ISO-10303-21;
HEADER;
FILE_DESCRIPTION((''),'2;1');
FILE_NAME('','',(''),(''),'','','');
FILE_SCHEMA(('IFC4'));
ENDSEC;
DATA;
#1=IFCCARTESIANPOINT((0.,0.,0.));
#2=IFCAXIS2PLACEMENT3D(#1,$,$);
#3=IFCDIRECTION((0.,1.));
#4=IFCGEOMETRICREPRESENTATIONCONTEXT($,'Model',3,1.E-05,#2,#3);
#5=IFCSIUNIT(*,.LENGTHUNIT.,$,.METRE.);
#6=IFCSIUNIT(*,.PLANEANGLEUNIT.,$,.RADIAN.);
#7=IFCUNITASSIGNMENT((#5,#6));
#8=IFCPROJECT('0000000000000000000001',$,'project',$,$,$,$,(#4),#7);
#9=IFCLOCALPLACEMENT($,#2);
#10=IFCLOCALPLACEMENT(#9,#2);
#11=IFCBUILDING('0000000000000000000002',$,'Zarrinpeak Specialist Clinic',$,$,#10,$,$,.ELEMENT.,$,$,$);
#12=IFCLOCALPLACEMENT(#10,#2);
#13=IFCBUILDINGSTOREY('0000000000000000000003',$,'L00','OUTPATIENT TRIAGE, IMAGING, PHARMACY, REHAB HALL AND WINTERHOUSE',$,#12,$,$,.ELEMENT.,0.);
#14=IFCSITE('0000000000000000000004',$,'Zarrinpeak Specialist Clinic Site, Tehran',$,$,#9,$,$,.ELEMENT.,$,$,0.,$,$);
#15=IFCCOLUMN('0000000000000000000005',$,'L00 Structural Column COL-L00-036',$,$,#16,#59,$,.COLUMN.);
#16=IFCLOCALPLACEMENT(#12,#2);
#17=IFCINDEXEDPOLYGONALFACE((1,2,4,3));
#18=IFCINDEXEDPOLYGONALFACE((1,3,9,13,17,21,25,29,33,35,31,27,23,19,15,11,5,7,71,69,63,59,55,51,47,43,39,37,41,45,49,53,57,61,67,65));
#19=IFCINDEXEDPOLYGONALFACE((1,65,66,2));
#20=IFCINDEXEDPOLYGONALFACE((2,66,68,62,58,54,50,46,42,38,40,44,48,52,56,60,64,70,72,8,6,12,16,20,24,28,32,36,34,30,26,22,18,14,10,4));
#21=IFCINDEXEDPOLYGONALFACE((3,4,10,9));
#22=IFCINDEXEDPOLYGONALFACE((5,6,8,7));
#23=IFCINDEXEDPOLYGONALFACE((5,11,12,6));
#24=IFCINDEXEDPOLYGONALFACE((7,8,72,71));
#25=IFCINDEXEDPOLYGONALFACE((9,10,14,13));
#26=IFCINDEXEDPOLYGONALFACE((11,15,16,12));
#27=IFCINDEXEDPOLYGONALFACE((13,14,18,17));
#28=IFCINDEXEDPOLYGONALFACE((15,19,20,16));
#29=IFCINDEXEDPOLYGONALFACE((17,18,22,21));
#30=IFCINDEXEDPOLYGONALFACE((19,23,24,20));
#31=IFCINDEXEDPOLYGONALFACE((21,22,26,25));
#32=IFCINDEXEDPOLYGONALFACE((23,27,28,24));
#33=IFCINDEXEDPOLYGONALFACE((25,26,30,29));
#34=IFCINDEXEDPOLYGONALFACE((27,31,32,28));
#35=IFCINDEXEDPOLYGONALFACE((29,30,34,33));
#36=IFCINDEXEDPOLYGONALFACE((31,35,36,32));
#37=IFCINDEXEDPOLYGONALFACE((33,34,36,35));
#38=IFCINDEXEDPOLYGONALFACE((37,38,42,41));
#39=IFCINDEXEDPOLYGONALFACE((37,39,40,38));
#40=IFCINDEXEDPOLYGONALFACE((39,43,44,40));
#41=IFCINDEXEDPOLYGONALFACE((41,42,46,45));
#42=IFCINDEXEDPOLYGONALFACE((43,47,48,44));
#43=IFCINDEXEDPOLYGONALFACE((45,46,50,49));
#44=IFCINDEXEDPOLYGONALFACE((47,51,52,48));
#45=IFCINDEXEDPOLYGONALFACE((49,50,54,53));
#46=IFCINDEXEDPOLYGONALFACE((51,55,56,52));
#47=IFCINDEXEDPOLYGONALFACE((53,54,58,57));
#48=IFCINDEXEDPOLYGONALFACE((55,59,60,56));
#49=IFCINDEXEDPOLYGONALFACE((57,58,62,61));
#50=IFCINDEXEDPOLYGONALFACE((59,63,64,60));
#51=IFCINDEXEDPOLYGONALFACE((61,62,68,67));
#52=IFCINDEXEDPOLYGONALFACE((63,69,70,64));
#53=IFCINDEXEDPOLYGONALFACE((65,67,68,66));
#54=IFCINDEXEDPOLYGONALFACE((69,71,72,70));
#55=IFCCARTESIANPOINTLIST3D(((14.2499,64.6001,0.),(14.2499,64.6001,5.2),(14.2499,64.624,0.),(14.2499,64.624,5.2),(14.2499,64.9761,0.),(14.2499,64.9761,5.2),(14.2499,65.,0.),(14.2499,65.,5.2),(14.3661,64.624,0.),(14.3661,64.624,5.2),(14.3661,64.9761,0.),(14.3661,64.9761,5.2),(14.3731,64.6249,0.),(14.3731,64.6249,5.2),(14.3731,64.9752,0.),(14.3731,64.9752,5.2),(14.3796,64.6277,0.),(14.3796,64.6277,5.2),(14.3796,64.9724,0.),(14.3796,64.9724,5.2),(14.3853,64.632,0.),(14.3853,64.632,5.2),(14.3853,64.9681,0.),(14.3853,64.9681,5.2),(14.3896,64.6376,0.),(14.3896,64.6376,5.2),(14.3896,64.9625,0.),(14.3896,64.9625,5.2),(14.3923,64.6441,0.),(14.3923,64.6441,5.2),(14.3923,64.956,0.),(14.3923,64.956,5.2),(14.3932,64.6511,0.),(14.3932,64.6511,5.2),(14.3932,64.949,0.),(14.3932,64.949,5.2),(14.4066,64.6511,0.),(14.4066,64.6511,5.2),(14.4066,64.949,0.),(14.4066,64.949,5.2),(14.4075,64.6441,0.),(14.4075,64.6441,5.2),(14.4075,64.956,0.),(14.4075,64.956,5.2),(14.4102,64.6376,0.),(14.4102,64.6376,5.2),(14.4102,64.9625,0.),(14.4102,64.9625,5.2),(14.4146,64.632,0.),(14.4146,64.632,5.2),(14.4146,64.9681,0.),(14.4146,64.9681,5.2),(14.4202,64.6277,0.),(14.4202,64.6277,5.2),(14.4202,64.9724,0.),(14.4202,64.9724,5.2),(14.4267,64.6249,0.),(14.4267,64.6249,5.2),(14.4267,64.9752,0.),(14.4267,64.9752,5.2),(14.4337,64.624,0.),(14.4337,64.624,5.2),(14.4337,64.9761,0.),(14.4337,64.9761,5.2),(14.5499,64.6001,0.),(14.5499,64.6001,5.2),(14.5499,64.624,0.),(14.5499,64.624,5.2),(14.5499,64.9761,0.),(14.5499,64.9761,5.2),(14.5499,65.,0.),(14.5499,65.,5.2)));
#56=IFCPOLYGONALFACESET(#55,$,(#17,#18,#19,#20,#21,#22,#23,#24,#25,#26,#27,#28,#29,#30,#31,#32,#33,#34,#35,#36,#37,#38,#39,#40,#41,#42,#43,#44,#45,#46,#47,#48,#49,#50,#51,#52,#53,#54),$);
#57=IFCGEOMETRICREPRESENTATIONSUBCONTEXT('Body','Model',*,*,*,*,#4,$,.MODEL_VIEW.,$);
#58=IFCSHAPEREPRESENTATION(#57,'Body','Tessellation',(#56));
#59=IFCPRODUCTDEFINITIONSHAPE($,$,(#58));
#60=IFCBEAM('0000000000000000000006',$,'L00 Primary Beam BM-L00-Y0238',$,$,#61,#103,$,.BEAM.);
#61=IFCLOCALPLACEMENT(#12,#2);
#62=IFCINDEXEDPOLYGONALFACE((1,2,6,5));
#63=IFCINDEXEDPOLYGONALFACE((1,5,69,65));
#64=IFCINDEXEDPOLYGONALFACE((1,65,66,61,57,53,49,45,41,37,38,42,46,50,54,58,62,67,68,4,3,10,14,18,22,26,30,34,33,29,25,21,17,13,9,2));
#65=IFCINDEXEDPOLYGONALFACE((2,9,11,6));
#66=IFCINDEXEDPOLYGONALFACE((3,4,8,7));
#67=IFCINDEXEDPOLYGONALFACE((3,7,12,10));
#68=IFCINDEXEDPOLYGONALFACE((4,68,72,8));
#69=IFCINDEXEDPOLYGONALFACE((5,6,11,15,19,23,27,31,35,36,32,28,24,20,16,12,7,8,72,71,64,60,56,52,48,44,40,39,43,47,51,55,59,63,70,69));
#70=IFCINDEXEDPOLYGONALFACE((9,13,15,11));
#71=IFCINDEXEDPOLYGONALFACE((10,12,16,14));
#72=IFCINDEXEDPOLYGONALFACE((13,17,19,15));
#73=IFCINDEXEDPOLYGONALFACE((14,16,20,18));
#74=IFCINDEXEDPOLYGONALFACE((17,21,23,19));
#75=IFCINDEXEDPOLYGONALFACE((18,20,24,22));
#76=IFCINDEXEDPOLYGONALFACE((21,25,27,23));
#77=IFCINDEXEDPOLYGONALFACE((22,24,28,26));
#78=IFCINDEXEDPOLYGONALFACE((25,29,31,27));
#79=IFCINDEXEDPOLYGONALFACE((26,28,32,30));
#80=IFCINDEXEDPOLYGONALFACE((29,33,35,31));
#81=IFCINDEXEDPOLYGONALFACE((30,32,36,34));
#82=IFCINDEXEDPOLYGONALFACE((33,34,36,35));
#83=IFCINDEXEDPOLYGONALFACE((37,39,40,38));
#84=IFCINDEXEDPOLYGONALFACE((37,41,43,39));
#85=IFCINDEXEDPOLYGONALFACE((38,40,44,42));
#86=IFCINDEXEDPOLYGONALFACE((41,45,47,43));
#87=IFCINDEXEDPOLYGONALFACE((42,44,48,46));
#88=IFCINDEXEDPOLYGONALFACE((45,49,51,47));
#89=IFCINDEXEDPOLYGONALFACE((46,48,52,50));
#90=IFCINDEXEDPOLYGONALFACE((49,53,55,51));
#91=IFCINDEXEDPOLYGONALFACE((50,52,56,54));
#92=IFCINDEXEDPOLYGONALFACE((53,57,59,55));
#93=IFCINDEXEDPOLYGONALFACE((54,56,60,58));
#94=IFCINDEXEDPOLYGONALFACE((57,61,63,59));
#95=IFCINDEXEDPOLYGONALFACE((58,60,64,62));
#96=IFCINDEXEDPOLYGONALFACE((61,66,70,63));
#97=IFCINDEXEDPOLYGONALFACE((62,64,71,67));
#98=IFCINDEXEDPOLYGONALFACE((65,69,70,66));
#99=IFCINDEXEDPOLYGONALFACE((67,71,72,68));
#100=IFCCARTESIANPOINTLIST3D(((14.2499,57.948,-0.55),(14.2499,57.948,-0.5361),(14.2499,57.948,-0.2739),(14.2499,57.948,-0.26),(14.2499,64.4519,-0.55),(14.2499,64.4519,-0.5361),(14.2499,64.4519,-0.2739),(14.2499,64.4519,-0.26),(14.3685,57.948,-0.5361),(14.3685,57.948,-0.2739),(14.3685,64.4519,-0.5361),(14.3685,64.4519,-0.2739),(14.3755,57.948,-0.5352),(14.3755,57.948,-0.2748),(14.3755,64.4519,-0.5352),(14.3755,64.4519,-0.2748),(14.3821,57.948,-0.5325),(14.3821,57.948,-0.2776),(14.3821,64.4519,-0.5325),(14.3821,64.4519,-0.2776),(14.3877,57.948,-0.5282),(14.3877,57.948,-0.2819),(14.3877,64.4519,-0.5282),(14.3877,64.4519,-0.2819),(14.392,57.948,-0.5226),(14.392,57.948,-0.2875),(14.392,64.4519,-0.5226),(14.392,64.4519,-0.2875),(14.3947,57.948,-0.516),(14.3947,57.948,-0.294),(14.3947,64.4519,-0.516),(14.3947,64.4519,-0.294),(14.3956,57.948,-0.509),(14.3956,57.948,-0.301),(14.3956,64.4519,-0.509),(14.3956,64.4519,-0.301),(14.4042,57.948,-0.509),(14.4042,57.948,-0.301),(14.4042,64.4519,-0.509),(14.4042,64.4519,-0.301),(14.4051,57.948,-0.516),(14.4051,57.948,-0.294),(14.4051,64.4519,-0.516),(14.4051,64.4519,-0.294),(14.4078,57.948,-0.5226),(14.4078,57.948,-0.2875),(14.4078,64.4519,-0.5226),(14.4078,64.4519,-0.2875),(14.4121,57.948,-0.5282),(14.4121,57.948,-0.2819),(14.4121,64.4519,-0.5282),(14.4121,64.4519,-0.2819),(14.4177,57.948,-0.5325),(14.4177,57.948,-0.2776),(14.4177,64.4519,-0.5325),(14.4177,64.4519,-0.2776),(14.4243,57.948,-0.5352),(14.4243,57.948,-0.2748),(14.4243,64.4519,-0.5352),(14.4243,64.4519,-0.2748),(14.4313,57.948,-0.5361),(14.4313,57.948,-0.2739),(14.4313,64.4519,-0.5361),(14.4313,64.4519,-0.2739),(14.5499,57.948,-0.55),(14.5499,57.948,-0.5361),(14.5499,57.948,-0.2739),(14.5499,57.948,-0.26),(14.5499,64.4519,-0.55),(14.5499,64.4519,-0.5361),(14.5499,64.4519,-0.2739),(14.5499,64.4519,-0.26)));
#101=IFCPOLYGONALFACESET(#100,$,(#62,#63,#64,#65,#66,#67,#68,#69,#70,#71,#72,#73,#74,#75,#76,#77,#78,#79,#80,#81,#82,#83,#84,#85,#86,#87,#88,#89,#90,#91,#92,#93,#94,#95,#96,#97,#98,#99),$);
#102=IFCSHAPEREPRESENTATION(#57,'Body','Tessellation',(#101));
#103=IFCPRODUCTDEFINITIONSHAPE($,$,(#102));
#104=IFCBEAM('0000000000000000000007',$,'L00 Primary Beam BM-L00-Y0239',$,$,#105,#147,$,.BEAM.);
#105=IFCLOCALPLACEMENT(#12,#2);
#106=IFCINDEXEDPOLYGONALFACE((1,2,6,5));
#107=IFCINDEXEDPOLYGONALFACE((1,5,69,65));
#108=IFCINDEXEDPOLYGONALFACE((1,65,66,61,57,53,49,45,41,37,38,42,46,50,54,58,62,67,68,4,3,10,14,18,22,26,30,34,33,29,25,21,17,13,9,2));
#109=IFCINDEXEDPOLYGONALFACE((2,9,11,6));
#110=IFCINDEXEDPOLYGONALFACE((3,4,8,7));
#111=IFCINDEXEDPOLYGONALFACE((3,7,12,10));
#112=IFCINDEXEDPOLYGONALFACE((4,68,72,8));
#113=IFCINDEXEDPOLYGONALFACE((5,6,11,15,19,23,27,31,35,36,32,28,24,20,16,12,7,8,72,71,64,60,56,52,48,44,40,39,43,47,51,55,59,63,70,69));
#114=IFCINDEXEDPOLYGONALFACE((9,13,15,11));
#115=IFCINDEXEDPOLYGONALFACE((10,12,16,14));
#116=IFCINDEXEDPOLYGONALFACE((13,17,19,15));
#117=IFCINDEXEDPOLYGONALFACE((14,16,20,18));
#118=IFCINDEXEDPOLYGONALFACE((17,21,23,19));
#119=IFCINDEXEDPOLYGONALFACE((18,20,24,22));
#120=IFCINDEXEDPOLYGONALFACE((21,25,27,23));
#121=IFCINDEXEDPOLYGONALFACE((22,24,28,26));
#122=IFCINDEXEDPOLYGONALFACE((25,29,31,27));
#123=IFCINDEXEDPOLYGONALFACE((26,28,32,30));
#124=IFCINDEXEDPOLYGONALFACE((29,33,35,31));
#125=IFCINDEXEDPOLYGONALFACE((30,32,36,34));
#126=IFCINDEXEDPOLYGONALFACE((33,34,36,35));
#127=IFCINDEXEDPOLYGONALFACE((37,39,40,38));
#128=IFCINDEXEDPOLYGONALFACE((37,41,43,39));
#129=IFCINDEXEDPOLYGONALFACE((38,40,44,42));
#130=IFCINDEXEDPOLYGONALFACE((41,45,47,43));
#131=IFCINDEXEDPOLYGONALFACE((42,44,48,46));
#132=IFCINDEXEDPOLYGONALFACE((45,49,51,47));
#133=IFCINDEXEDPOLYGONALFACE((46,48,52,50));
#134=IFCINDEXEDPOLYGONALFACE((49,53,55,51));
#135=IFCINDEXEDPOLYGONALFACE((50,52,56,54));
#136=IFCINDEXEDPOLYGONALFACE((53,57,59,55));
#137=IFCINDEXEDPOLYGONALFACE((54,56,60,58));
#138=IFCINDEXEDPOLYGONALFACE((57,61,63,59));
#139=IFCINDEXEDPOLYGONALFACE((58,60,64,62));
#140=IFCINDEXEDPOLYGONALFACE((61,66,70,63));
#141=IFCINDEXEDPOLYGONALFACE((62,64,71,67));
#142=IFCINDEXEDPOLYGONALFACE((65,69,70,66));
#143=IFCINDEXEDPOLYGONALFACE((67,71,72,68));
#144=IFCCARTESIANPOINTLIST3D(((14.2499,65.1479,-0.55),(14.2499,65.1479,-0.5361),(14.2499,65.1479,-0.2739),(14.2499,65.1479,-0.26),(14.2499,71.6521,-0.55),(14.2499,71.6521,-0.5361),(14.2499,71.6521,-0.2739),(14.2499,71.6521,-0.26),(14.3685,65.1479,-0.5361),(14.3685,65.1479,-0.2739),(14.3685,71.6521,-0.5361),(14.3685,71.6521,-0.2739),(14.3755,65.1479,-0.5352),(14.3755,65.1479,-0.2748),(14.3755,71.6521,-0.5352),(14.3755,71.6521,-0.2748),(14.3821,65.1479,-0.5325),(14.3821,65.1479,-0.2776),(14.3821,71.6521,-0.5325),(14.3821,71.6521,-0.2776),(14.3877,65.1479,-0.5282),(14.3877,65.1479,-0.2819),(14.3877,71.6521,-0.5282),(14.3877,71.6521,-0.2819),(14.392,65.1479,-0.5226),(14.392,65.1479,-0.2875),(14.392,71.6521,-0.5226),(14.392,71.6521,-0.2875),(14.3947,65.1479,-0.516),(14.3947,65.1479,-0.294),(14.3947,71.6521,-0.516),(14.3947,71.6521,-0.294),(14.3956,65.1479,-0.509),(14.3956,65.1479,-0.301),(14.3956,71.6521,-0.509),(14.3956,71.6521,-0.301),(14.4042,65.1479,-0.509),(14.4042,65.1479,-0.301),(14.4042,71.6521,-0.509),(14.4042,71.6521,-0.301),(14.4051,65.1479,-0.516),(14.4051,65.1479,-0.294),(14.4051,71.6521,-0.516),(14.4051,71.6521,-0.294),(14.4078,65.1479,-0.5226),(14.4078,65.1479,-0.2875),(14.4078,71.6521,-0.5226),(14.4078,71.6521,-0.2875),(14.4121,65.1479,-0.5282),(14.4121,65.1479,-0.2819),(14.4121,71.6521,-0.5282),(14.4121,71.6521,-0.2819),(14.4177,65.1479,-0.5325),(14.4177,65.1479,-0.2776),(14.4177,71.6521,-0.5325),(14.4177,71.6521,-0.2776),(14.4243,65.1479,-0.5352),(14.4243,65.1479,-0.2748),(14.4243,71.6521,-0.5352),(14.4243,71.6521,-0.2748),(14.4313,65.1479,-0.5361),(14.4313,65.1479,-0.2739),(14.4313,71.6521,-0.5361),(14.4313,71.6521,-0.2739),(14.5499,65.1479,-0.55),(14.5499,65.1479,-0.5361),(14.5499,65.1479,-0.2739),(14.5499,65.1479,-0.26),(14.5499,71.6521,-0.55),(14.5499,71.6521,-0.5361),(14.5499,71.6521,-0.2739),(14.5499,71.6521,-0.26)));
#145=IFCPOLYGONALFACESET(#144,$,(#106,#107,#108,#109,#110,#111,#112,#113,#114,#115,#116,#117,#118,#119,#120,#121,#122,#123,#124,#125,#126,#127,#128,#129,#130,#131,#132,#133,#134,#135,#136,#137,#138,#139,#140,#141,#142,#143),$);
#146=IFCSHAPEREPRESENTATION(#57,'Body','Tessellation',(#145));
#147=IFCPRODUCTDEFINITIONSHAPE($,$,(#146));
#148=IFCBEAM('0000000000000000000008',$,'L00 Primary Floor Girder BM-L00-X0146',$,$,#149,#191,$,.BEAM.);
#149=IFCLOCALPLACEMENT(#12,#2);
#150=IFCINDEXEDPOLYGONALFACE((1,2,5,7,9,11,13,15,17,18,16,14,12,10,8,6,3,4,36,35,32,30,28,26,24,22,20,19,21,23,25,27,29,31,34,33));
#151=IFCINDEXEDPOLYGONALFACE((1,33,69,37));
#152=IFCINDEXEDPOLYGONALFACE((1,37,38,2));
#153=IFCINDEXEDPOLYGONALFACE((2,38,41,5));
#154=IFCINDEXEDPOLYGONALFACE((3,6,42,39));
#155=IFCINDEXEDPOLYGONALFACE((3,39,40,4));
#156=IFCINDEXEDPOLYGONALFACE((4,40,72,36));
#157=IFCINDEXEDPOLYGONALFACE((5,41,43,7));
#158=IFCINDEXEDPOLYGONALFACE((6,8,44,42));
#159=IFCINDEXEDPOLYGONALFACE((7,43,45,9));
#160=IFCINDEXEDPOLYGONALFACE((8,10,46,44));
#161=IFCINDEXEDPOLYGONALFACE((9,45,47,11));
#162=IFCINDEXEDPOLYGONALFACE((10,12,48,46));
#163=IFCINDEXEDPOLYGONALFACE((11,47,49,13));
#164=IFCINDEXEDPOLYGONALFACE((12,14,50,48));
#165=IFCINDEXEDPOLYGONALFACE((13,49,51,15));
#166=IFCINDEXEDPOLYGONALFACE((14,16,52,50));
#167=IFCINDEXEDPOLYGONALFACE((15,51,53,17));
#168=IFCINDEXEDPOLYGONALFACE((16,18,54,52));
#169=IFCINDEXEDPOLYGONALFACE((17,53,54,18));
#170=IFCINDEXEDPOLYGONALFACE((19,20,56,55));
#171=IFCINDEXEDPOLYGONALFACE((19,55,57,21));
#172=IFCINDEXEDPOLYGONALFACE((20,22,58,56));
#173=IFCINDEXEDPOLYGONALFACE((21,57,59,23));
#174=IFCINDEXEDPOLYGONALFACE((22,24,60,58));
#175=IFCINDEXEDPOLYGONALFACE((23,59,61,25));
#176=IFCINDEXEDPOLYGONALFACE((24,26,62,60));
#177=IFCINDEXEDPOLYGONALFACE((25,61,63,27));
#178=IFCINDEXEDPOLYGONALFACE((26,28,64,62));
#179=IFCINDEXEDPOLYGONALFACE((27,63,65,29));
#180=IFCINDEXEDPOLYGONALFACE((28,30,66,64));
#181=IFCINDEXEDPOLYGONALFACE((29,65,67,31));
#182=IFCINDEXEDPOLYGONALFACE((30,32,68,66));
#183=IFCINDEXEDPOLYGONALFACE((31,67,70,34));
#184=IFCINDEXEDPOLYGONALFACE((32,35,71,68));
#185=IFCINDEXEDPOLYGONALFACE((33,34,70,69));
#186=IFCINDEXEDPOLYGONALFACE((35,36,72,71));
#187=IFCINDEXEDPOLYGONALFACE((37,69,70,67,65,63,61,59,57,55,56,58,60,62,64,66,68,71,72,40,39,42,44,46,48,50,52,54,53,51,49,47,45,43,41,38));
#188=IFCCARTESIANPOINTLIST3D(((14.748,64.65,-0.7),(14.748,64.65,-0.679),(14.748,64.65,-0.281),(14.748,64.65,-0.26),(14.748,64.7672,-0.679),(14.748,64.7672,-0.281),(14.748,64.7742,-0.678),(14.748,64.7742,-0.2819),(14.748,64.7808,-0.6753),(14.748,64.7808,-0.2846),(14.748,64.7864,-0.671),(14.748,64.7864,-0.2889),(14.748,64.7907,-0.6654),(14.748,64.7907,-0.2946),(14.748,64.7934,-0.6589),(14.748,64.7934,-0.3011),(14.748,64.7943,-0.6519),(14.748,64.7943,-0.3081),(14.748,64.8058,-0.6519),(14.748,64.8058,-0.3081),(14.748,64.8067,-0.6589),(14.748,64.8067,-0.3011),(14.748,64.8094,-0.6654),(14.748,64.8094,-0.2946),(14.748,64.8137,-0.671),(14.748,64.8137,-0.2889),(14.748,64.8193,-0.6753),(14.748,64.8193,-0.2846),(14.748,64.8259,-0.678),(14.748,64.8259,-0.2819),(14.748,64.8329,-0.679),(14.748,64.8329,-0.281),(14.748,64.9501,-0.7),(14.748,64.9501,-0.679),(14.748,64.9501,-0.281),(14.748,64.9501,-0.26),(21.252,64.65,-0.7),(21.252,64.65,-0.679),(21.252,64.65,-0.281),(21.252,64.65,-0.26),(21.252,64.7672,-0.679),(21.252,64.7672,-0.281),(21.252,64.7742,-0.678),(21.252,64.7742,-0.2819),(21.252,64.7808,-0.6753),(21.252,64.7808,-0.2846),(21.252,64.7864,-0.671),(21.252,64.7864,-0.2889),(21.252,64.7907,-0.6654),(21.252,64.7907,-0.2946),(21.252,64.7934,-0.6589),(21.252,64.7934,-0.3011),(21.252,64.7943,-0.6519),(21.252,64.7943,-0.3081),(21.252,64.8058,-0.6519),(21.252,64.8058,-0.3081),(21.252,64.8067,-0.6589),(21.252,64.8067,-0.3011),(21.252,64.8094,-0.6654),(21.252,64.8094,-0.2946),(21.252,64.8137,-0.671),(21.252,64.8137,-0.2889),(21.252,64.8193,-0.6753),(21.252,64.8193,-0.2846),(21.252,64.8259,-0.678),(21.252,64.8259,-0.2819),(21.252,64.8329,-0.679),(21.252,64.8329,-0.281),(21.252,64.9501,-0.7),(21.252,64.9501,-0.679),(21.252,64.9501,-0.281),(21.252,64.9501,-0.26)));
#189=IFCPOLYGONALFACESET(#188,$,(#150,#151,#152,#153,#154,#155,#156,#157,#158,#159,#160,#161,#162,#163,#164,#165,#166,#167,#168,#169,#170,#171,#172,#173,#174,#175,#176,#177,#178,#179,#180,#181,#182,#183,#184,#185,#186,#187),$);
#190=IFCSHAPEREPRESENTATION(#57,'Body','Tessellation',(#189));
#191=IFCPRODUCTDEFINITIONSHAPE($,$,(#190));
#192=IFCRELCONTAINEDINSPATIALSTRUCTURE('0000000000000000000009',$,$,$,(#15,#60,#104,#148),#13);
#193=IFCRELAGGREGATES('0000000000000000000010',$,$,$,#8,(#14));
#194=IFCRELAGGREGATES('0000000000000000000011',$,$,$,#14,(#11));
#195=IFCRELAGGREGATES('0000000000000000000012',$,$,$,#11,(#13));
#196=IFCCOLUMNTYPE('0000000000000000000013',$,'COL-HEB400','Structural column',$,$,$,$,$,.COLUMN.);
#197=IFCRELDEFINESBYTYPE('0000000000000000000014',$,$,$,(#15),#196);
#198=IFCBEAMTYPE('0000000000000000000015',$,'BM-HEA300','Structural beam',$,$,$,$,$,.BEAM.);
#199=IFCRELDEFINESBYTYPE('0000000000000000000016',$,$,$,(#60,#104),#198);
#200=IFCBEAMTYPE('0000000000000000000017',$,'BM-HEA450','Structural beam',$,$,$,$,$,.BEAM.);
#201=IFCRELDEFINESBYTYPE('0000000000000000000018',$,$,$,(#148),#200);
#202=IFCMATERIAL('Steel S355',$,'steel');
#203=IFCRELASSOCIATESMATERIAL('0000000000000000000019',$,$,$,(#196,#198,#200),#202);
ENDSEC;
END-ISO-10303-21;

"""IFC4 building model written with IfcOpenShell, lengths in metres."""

from ifc_helpers import new_model, si_unit, direction, frame, origin, origin_2d, place, context, subcontext, project, spatial, i_section, extrude, material, material_profile, profile_set, type_object, element, save


model = new_model("IFC4")

# Units and contexts
model_context = context("Model", 3, precision=1e-05, world=origin(), true_north=direction((0.0, 1.0)))
body_context = subcontext(model_context, "Body", "Model", "MODEL_VIEW")
ifc_project = project(units=[si_unit("LENGTHUNIT", "METRE"), si_unit("PLANEANGLEUNIT", "RADIAN")], contexts=[model_context])

# Site, building, storey
site_placement = place(None, origin())
site = spatial("IfcSite", under=ifc_project, at=site_placement, Name="Zarrinpeak Specialist Clinic Site, Tehran", CompositionType="ELEMENT", RefElevation=0.0)
building_placement = place(site_placement, origin())
building = spatial("IfcBuilding", under=site, at=building_placement, Name="Zarrinpeak Specialist Clinic", CompositionType="ELEMENT")
storey_placement = place(building_placement, origin())
storey = spatial("IfcBuildingStorey", under=building, at=storey_placement, Name="L00", Description="OUTPATIENT TRIAGE, IMAGING, PHARMACY, REHAB HALL AND WINTERHOUSE", CompositionType="ELEMENT", Elevation=0.0)

# Column
ifc_material_1 = material(Name="Steel S355", Category="steel")
ifc_material_profile_1 = material_profile(ifc_material_1, i_section(OverallWidth=0.3, OverallDepth=0.3999, WebThickness=0.0134, FlangeThickness=0.0239, FilletRadius=0.0271, at=origin_2d()), Name="HEB 400")
ifc_profile_set_1 = profile_set([ifc_material_profile_1], Name="Steel S355")
column_type = type_object("IfcColumnType", Name="COL-HEB400", Description="Structural column", PredefinedType="COLUMN", material=ifc_profile_set_1)
column_placement = place(storey_placement, frame((14.3999, 64.8, 0.0), z_axis=(0.0, 0.0, 1.0), x_axis=(1.0, 0.0, 0.0)))
element("IfcColumn", 1, at=column_placement, inside=storey, type_object=column_type, Name="L00 Structural Column COL-L00-036", PredefinedType="COLUMN", context=body_context, shape_type="SweptSolid", body=[
    extrude(i_section(OverallWidth=0.3, OverallDepth=0.3999, WebThickness=0.0134, FlangeThickness=0.0239, FilletRadius=0.0271, at=origin_2d()), origin(), (0.0, 0.0, 1.0), 5.2),
])

# Beams
ifc_material_profile_2 = material_profile(ifc_material_1, i_section(OverallWidth=0.3, OverallDepth=0.29, WebThickness=0.0085, FlangeThickness=0.0139, FilletRadius=0.0271, at=origin_2d()), Name="HEA 300")
ifc_profile_set_2 = profile_set([ifc_material_profile_2], Name="Steel S355")
beam_type_1 = type_object("IfcBeamType", Name="BM-HEA300", Description="Structural beam", PredefinedType="BEAM", material=ifc_profile_set_2)
beam_1_placement = place(storey_placement, frame((14.3999, 57.948, -0.405), z_axis=(0.0, 1.0, 0.0), x_axis=(-1.0, 0.0, 0.0)))
element("IfcBeam", 2, at=beam_1_placement, inside=storey, type_object=beam_type_1, Name="L00 Primary Beam BM-L00-Y0238", PredefinedType="BEAM", context=body_context, shape_type="SweptSolid", body=[
    extrude(i_section(OverallWidth=0.3, OverallDepth=0.29, WebThickness=0.0085, FlangeThickness=0.0139, FilletRadius=0.0271, at=origin_2d()), origin(), (0.0, 0.0, 1.0), 6.5039),
])
beam_2_placement = place(storey_placement, frame((14.3999, 65.1479, -0.405), z_axis=(0.0, 1.0, 0.0), x_axis=(-1.0, 0.0, 0.0)))
element("IfcBeam", 3, at=beam_2_placement, inside=storey, type_object=beam_type_1, Name="L00 Primary Beam BM-L00-Y0239", PredefinedType="BEAM", context=body_context, shape_type="SweptSolid", body=[
    extrude(i_section(OverallWidth=0.3, OverallDepth=0.29, WebThickness=0.0085, FlangeThickness=0.0139, FilletRadius=0.0271, at=origin_2d()), origin(), (0.0, 0.0, 1.0), 6.5042),
])
ifc_material_profile_3 = material_profile(ifc_material_1, i_section(OverallWidth=0.3, OverallDepth=0.4399, WebThickness=0.0115, FlangeThickness=0.021, FilletRadius=0.0271, at=origin_2d()), Name="HEA 450")
ifc_profile_set_3 = profile_set([ifc_material_profile_3], Name="Steel S355")
beam_type_2 = type_object("IfcBeamType", Name="BM-HEA450", Description="Structural beam", PredefinedType="BEAM", material=ifc_profile_set_3)
beam_3_placement = place(storey_placement, frame((14.748, 64.8, -0.48), z_axis=(1.0, 0.0, 0.0), x_axis=(0.0, 1.0, 0.0)))
element("IfcBeam", 4, at=beam_3_placement, inside=storey, type_object=beam_type_2, Name="L00 Primary Floor Girder BM-L00-X0146", PredefinedType="BEAM", context=body_context, shape_type="SweptSolid", body=[
    extrude(i_section(OverallWidth=0.3, OverallDepth=0.4399, WebThickness=0.0115, FlangeThickness=0.021, FilletRadius=0.0271, at=origin_2d()), origin(), (0.0, 0.0, 1.0), 6.5039),
])

save(model, "model.ifc")
